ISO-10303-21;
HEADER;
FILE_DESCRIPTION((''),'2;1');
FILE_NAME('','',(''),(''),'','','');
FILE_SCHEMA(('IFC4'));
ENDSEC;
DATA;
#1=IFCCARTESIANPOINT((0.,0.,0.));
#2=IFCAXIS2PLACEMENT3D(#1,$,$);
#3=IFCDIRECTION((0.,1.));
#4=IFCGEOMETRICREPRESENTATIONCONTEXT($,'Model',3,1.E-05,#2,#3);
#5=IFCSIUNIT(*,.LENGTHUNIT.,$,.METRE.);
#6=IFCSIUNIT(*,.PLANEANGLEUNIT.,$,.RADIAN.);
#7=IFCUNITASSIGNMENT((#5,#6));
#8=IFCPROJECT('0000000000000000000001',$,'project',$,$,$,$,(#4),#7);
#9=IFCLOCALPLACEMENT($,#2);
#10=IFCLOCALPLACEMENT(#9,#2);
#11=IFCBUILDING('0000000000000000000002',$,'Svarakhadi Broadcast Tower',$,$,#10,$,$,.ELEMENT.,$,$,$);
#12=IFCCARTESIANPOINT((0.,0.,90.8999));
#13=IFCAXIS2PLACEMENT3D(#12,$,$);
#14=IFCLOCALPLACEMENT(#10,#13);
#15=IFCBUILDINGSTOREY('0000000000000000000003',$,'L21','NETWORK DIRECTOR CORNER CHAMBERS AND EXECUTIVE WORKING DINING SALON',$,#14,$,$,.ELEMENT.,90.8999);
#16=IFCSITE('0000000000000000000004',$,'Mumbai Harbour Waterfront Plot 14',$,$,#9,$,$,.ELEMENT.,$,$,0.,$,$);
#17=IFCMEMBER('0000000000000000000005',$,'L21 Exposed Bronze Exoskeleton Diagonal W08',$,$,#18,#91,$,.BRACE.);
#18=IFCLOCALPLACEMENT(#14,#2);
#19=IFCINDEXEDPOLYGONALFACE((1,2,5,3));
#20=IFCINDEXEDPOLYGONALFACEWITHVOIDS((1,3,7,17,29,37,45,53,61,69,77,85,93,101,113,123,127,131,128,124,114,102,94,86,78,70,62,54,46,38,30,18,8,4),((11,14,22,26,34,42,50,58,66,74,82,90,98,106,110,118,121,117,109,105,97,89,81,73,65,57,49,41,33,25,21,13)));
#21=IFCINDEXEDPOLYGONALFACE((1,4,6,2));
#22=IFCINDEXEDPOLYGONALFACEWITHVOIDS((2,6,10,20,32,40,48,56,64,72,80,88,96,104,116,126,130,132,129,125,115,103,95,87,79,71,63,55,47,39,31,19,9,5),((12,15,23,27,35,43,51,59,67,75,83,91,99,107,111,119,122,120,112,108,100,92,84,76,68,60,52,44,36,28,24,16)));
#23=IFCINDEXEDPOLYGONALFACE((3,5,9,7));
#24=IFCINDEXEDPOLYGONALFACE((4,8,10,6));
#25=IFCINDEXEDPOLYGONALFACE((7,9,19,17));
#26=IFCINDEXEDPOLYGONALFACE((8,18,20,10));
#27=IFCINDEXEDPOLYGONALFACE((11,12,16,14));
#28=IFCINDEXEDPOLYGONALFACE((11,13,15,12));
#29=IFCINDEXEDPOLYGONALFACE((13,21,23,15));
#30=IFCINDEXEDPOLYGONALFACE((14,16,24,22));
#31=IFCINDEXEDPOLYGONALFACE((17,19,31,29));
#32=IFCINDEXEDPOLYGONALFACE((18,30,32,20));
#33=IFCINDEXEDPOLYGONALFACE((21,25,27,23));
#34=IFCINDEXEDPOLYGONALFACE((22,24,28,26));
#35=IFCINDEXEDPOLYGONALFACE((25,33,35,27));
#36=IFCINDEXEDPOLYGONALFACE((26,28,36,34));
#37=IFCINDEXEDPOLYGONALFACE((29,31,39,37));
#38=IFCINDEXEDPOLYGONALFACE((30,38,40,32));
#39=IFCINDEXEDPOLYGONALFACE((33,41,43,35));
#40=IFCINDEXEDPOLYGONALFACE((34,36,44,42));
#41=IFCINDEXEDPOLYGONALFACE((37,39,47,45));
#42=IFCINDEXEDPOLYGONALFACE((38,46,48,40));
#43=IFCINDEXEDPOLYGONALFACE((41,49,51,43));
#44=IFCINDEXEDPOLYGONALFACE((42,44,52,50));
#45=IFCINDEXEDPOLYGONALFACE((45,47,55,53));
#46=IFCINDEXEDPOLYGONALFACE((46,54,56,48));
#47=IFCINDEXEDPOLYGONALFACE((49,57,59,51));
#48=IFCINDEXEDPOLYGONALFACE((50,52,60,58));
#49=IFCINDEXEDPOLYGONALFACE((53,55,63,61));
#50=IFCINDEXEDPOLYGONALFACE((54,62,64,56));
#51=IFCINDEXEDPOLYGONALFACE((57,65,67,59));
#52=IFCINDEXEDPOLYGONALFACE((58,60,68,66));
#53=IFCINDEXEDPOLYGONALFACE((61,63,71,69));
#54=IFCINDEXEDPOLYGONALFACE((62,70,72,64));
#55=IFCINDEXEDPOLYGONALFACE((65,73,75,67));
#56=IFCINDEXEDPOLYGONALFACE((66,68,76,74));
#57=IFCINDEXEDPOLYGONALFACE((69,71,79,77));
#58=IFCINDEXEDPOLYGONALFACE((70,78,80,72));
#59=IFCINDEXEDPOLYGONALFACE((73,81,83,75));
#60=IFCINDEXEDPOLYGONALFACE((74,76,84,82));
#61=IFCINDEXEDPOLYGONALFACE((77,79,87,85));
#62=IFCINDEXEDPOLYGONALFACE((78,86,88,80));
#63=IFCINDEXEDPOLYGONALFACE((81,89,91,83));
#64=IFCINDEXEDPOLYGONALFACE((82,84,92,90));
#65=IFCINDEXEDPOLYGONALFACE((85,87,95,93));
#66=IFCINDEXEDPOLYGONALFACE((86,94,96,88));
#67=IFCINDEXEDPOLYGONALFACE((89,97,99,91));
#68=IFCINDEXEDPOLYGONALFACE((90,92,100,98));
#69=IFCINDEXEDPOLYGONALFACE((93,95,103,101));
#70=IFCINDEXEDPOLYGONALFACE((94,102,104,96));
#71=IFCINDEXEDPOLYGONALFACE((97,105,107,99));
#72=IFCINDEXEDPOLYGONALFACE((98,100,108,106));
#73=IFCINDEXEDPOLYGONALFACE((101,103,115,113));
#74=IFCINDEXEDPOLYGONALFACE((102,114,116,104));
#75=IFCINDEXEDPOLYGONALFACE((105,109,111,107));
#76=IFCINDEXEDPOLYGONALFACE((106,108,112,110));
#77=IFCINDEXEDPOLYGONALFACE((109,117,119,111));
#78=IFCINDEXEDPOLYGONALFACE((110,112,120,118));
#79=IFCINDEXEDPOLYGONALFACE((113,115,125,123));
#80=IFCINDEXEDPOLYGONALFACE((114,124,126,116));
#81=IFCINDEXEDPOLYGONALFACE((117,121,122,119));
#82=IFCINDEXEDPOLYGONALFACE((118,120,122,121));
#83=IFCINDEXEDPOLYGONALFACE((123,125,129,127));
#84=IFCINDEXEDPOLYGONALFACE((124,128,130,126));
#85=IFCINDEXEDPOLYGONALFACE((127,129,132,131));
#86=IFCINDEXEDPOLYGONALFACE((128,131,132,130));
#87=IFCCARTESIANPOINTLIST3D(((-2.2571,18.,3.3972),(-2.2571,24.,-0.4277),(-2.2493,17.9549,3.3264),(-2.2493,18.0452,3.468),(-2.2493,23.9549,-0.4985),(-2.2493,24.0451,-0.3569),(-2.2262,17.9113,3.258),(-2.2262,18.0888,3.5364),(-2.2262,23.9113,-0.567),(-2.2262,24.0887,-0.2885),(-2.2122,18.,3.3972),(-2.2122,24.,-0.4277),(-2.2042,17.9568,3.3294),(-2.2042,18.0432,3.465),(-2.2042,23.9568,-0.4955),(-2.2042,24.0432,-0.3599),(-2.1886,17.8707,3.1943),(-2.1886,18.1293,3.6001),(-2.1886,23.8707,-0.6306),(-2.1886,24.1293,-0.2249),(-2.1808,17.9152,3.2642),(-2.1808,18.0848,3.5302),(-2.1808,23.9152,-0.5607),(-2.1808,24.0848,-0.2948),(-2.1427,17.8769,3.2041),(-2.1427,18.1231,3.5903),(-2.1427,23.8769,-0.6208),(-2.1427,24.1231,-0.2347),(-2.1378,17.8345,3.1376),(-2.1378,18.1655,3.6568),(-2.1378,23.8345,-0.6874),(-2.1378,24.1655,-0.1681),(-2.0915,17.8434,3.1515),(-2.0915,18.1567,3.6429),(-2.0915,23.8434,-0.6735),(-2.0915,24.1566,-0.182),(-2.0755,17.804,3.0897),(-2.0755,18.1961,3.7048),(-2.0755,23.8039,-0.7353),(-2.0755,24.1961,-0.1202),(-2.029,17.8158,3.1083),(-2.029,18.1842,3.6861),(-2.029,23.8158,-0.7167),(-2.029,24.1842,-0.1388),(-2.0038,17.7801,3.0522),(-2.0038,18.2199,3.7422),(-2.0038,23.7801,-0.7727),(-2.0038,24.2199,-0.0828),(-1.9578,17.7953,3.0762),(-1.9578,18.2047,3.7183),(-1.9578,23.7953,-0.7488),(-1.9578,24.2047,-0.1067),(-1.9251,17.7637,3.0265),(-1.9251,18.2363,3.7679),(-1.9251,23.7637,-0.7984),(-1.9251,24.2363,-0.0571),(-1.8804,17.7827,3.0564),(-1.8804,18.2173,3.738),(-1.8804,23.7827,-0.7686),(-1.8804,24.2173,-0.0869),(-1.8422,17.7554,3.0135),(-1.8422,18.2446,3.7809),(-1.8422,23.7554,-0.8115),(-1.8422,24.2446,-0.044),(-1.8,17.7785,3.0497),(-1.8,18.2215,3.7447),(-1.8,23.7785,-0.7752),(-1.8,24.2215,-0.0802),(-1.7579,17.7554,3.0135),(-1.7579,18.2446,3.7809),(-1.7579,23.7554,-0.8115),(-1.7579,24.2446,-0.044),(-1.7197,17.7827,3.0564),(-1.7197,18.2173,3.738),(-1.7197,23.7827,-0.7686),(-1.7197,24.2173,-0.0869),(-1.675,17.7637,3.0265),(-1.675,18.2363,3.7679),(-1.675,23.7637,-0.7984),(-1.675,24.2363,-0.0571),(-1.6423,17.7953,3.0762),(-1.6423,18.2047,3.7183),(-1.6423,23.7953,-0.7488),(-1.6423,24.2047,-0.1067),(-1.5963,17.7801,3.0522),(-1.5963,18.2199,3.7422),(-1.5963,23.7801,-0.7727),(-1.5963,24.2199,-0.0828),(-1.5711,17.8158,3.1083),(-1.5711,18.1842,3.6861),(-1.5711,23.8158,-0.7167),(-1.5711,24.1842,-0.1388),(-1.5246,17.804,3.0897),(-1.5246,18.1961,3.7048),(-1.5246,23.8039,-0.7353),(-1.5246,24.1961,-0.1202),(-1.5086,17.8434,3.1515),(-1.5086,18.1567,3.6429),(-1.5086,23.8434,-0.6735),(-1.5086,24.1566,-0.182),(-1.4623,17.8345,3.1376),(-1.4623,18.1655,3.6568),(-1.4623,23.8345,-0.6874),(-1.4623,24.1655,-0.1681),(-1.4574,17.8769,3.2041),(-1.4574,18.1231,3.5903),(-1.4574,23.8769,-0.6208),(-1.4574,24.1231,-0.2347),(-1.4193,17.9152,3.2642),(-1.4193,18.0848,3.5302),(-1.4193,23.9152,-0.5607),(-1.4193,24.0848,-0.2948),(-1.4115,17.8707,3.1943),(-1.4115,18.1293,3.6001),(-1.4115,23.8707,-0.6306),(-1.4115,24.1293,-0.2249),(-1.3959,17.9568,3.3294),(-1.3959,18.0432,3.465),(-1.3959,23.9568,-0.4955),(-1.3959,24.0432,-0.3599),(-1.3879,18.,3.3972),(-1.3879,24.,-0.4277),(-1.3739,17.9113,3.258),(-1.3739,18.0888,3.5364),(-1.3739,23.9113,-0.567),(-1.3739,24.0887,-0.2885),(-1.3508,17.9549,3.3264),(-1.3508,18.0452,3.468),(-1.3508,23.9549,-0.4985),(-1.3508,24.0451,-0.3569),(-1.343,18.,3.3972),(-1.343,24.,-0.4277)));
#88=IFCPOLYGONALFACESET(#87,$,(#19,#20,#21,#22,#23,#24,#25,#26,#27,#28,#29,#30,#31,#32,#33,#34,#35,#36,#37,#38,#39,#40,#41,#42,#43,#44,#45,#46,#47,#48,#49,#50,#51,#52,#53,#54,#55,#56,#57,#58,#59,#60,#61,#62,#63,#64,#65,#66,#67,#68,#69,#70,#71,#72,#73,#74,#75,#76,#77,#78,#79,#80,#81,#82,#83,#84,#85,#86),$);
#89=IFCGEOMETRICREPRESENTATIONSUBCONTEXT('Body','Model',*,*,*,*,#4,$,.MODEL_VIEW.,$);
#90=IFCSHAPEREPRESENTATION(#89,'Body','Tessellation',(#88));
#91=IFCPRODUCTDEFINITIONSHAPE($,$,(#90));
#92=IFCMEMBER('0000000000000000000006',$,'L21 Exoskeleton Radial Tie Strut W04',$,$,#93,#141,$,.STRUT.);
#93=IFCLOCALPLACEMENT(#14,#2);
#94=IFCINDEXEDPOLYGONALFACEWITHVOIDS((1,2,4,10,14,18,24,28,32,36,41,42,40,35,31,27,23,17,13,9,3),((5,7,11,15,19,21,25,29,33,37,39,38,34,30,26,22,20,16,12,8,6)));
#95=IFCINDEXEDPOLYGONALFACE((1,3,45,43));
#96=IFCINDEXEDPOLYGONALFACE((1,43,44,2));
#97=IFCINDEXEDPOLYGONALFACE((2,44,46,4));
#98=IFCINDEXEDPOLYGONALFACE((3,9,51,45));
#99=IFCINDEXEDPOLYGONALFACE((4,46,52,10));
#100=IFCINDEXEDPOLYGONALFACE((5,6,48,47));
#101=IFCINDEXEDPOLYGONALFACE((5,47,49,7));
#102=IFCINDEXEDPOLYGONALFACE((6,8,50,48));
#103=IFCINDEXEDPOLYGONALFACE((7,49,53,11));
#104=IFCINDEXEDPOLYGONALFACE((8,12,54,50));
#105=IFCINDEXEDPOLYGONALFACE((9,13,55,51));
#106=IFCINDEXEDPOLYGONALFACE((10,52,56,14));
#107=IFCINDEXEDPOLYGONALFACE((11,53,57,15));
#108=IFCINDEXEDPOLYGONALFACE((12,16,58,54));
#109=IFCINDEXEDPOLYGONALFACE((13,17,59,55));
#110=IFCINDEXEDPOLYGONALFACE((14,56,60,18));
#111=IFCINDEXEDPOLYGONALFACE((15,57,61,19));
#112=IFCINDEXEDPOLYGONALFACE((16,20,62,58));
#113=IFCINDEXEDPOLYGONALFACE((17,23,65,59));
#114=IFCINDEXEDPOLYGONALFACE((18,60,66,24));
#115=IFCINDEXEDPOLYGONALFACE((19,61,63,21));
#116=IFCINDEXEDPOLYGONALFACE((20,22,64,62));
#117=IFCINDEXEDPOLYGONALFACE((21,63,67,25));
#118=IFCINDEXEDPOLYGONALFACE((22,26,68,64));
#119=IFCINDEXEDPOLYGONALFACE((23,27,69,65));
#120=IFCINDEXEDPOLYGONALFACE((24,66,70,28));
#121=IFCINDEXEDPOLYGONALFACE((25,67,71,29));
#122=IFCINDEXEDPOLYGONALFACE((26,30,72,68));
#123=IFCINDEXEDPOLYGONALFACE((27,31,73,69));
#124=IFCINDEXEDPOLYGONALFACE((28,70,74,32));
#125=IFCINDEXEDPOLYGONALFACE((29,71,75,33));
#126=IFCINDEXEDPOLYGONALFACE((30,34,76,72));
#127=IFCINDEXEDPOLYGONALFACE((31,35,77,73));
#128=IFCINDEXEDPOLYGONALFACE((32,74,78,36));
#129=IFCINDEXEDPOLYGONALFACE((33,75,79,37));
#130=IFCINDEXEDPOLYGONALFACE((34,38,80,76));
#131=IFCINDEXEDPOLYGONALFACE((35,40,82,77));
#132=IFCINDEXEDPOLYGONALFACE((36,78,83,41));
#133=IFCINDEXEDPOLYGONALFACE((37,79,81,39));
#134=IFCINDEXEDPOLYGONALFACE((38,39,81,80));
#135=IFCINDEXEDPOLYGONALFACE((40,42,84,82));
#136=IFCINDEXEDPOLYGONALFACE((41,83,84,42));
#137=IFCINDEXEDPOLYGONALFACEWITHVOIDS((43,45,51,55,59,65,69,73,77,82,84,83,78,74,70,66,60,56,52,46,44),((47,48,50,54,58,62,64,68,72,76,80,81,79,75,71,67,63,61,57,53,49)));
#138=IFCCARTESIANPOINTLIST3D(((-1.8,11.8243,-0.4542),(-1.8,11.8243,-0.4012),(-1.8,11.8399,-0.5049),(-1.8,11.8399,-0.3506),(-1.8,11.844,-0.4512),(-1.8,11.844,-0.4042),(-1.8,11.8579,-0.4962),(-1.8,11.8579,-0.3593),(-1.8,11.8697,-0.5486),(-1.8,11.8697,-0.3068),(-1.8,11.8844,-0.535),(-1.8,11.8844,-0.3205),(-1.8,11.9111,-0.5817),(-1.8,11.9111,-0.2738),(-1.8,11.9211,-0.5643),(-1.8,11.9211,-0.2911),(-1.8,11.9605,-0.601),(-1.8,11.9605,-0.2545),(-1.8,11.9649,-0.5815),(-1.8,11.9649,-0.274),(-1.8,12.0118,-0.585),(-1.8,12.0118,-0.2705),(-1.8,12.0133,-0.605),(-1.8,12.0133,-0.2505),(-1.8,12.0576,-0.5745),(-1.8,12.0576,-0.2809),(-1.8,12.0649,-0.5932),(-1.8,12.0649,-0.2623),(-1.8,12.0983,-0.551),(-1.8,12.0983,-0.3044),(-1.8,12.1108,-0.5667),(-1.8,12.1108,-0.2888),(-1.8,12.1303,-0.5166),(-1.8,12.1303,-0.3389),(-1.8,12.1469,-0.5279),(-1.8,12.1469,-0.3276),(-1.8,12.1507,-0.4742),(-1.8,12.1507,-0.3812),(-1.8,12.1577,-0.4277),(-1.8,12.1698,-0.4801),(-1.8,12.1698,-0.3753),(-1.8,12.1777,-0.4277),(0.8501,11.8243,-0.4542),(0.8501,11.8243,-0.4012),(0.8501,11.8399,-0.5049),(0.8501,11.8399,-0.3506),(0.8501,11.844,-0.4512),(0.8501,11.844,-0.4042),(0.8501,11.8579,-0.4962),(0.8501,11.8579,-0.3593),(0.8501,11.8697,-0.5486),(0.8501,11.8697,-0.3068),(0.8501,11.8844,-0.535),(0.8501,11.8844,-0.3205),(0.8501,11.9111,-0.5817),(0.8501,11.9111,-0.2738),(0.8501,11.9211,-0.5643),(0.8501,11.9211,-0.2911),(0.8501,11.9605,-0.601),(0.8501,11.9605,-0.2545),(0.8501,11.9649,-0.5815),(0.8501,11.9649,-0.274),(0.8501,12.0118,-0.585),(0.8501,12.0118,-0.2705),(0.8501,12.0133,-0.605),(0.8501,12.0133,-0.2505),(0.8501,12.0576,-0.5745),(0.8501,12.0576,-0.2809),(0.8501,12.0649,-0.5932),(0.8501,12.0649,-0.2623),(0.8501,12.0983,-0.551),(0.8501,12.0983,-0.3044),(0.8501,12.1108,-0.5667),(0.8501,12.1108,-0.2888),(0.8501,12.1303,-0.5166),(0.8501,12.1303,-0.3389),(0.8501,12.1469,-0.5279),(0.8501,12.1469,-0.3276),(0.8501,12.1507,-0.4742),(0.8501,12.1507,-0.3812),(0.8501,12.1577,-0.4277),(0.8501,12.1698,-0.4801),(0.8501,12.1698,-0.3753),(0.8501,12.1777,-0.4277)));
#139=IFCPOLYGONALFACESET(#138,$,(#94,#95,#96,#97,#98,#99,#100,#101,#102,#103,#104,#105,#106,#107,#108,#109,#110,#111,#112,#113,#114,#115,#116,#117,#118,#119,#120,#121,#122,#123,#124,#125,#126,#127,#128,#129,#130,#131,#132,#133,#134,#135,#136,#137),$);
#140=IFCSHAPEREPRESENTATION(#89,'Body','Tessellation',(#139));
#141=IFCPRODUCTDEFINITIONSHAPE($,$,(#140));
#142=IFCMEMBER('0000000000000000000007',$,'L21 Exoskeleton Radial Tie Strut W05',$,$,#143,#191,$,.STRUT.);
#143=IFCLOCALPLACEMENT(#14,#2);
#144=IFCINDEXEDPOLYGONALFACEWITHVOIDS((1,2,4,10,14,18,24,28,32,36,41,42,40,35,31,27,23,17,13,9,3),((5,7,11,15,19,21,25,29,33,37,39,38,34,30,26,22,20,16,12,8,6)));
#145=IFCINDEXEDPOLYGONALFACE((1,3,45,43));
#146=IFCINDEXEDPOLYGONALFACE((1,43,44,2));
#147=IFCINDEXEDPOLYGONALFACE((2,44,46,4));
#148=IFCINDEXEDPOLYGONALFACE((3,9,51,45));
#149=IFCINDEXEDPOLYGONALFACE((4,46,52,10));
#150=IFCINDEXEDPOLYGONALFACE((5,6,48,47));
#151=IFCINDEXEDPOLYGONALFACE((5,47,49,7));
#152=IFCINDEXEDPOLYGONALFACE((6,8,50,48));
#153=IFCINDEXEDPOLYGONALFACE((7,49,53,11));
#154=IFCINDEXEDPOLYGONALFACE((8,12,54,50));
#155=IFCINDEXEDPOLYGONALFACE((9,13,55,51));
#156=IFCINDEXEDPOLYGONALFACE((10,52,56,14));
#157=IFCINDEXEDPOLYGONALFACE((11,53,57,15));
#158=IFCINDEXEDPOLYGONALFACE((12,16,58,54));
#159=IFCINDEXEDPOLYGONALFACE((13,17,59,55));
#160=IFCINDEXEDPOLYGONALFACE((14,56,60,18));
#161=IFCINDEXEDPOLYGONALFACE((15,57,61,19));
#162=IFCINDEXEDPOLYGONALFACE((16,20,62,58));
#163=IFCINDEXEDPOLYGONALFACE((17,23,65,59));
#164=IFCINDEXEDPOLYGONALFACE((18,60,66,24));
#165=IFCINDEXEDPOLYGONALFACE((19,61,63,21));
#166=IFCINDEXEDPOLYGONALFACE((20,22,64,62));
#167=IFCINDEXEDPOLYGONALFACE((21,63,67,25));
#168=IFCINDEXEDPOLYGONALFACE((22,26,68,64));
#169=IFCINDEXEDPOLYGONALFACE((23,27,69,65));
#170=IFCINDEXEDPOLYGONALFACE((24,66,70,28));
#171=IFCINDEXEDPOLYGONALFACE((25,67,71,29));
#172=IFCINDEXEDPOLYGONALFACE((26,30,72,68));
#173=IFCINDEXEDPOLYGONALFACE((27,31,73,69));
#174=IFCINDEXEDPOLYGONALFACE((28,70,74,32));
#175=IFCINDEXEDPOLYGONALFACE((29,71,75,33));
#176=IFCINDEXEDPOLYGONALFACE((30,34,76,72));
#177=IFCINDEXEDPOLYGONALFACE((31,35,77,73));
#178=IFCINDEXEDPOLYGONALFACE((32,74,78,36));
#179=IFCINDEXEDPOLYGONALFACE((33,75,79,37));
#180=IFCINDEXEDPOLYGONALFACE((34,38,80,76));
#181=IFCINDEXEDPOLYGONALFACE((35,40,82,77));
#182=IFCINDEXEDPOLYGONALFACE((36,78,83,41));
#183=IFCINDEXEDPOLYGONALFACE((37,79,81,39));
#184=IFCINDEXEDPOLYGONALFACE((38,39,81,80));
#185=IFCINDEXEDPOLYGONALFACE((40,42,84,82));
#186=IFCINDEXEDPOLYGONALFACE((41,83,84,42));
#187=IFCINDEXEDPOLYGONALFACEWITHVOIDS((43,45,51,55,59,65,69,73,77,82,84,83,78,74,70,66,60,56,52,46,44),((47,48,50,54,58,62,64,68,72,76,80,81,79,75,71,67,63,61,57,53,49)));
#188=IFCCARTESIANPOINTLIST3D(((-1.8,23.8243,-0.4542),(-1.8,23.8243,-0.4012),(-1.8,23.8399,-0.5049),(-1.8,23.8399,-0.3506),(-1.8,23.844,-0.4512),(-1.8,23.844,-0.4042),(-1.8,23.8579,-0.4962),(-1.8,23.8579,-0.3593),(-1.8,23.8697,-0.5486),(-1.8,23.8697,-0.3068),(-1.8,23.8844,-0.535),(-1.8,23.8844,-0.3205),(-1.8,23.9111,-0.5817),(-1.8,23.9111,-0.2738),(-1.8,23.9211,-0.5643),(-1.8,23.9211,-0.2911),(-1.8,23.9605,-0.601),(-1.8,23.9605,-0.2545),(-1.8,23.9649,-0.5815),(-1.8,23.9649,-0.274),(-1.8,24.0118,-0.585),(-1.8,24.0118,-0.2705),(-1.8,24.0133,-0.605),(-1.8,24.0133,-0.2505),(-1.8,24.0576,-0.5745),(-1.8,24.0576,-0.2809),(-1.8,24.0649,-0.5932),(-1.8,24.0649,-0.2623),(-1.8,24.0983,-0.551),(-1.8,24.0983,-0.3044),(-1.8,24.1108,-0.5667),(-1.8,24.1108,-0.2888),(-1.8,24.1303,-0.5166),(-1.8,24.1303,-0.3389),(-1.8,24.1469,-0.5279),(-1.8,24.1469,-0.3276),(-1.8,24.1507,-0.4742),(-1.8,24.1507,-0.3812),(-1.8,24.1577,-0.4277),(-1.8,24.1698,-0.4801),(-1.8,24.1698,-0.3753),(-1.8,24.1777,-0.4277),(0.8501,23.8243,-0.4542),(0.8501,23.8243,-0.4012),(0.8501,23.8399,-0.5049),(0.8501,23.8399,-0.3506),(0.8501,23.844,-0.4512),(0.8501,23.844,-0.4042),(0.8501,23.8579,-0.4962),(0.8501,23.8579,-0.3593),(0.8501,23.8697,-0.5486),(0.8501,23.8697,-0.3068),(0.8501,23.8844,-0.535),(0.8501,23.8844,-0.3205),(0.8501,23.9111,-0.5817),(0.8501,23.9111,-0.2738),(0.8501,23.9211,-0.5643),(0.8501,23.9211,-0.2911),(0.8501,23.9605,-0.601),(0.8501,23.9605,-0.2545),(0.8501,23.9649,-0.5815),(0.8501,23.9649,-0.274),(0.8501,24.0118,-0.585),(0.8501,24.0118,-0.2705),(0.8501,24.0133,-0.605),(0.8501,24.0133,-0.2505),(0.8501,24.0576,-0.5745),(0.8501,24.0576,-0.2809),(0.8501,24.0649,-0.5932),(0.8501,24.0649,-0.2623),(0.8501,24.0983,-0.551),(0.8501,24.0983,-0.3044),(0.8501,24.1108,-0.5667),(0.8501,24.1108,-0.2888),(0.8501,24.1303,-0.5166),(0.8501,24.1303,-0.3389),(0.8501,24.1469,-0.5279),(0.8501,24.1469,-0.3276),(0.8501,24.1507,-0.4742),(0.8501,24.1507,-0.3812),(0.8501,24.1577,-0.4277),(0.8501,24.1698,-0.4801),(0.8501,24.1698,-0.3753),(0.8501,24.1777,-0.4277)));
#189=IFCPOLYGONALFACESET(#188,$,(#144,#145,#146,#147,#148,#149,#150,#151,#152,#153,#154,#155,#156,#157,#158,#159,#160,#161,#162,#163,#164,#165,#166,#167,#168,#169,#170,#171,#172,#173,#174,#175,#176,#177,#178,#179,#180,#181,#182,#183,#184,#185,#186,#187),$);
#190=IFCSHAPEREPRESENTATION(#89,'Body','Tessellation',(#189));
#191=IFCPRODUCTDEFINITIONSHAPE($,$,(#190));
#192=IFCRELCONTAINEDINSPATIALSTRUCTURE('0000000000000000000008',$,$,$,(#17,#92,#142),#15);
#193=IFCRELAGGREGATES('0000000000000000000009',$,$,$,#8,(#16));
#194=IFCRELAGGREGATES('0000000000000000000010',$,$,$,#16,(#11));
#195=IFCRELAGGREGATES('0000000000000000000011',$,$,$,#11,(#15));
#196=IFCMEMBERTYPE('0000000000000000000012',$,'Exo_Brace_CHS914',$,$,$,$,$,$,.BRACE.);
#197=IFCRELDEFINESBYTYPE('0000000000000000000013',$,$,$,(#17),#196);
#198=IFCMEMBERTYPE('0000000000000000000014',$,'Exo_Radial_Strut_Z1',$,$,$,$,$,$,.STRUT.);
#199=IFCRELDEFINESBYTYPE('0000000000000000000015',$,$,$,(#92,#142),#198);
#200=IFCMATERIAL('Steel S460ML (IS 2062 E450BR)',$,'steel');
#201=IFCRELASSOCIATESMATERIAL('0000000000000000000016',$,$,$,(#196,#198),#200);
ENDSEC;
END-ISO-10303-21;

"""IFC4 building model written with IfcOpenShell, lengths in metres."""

from ifc_helpers import new_model, si_unit, direction, frame, origin, origin_2d, place, context, subcontext, project, spatial, hollow_circle, extrude, material, material_profile, profile_set, type_object, element, save


model = new_model("IFC4")

# Units and contexts
model_context = context("Model", 3, precision=1e-05, world=origin(), true_north=direction((0.0, 1.0)))
body_context = subcontext(model_context, "Body", "Model", "MODEL_VIEW")
ifc_project = project(units=[si_unit("LENGTHUNIT", "METRE"), si_unit("PLANEANGLEUNIT", "RADIAN")], contexts=[model_context])

# Site, building, storey
site_placement = place(None, origin())
site = spatial("IfcSite", under=ifc_project, at=site_placement, Name="Mumbai Harbour Waterfront Plot 14", CompositionType="ELEMENT", RefElevation=0.0)
building_placement = place(site_placement, origin())
building = spatial("IfcBuilding", under=site, at=building_placement, Name="Svarakhadi Broadcast Tower", CompositionType="ELEMENT")
storey_placement = place(building_placement, frame((0.0, 0.0, 90.8999)))
storey = spatial("IfcBuildingStorey", under=building, at=storey_placement, Name="L21", Description="NETWORK DIRECTOR CORNER CHAMBERS AND EXECUTIVE WORKING DINING SALON", CompositionType="ELEMENT", Elevation=90.8999)

# Shared definitions
ifc_material_1 = material(Name="Steel S460ML (IS 2062 E450BR)", Category="steel")

# Members
ifc_material_profile_1 = material_profile(ifc_material_1, hollow_circle(Radius=0.457, WallThickness=0.0449, at=origin_2d()), Name="CHS 914x45")
ifc_profile_set_1 = profile_set([ifc_material_profile_1], Name="Steel S460ML (IS 2062 E450BR)")
member_type_1 = type_object("IfcMemberType", Name="Exo_Brace_CHS914", PredefinedType="BRACE", material=ifc_profile_set_1)
for number, where, z_axis, x_axis, name in (
    (1, (-1.8, 24.0, -0.4277), (0.0, -0.84323, 0.537552), (1.0, 0.0, 0.0), "L21 Exposed Bronze Exoskeleton Diagonal W08"),
):
    element("IfcMember", number, at=place(storey_placement, frame(where, z_axis=z_axis, x_axis=x_axis)), inside=storey, type_object=member_type_1, Name=name, PredefinedType="BRACE", context=body_context, shape_type="SweptSolid", body=[
        extrude(hollow_circle(Radius=0.457, WallThickness=0.0449, at=origin_2d()), origin(), (0.0, 0.0, 1.0), 7.1155),
    ])
ifc_material_profile_2 = material_profile(ifc_material_1, hollow_circle(Radius=0.1777, WallThickness=0.02, at=origin_2d()), Name="CHS 355.6x20")
ifc_profile_set_2 = profile_set([ifc_material_profile_2], Name="Steel S460ML (IS 2062 E450BR)")
member_type_2 = type_object("IfcMemberType", Name="Exo_Radial_Strut_Z1", PredefinedType="STRUT", material=ifc_profile_set_2)
for number, where, z_axis, x_axis, name in (
    (2, (-1.8, 12.0, -0.4277), (1.0, 0.0, 0.0), (0.0, 1.0, 0.0), "L21 Exoskeleton Radial Tie Strut W04"),
    (3, (-1.8, 24.0, -0.4277), (1.0, 0.0, 0.0), (0.0, 1.0, 0.0), "L21 Exoskeleton Radial Tie Strut W05"),
):
    element("IfcMember", number, at=place(storey_placement, frame(where, z_axis=z_axis, x_axis=x_axis)), inside=storey, type_object=member_type_2, Name=name, PredefinedType="STRUT", context=body_context, shape_type="SweptSolid", body=[
        extrude(hollow_circle(Radius=0.1777, WallThickness=0.02, at=origin_2d()), origin(), (0.0, 0.0, 1.0), 2.6501),
    ])

save(model, "model.ifc")
